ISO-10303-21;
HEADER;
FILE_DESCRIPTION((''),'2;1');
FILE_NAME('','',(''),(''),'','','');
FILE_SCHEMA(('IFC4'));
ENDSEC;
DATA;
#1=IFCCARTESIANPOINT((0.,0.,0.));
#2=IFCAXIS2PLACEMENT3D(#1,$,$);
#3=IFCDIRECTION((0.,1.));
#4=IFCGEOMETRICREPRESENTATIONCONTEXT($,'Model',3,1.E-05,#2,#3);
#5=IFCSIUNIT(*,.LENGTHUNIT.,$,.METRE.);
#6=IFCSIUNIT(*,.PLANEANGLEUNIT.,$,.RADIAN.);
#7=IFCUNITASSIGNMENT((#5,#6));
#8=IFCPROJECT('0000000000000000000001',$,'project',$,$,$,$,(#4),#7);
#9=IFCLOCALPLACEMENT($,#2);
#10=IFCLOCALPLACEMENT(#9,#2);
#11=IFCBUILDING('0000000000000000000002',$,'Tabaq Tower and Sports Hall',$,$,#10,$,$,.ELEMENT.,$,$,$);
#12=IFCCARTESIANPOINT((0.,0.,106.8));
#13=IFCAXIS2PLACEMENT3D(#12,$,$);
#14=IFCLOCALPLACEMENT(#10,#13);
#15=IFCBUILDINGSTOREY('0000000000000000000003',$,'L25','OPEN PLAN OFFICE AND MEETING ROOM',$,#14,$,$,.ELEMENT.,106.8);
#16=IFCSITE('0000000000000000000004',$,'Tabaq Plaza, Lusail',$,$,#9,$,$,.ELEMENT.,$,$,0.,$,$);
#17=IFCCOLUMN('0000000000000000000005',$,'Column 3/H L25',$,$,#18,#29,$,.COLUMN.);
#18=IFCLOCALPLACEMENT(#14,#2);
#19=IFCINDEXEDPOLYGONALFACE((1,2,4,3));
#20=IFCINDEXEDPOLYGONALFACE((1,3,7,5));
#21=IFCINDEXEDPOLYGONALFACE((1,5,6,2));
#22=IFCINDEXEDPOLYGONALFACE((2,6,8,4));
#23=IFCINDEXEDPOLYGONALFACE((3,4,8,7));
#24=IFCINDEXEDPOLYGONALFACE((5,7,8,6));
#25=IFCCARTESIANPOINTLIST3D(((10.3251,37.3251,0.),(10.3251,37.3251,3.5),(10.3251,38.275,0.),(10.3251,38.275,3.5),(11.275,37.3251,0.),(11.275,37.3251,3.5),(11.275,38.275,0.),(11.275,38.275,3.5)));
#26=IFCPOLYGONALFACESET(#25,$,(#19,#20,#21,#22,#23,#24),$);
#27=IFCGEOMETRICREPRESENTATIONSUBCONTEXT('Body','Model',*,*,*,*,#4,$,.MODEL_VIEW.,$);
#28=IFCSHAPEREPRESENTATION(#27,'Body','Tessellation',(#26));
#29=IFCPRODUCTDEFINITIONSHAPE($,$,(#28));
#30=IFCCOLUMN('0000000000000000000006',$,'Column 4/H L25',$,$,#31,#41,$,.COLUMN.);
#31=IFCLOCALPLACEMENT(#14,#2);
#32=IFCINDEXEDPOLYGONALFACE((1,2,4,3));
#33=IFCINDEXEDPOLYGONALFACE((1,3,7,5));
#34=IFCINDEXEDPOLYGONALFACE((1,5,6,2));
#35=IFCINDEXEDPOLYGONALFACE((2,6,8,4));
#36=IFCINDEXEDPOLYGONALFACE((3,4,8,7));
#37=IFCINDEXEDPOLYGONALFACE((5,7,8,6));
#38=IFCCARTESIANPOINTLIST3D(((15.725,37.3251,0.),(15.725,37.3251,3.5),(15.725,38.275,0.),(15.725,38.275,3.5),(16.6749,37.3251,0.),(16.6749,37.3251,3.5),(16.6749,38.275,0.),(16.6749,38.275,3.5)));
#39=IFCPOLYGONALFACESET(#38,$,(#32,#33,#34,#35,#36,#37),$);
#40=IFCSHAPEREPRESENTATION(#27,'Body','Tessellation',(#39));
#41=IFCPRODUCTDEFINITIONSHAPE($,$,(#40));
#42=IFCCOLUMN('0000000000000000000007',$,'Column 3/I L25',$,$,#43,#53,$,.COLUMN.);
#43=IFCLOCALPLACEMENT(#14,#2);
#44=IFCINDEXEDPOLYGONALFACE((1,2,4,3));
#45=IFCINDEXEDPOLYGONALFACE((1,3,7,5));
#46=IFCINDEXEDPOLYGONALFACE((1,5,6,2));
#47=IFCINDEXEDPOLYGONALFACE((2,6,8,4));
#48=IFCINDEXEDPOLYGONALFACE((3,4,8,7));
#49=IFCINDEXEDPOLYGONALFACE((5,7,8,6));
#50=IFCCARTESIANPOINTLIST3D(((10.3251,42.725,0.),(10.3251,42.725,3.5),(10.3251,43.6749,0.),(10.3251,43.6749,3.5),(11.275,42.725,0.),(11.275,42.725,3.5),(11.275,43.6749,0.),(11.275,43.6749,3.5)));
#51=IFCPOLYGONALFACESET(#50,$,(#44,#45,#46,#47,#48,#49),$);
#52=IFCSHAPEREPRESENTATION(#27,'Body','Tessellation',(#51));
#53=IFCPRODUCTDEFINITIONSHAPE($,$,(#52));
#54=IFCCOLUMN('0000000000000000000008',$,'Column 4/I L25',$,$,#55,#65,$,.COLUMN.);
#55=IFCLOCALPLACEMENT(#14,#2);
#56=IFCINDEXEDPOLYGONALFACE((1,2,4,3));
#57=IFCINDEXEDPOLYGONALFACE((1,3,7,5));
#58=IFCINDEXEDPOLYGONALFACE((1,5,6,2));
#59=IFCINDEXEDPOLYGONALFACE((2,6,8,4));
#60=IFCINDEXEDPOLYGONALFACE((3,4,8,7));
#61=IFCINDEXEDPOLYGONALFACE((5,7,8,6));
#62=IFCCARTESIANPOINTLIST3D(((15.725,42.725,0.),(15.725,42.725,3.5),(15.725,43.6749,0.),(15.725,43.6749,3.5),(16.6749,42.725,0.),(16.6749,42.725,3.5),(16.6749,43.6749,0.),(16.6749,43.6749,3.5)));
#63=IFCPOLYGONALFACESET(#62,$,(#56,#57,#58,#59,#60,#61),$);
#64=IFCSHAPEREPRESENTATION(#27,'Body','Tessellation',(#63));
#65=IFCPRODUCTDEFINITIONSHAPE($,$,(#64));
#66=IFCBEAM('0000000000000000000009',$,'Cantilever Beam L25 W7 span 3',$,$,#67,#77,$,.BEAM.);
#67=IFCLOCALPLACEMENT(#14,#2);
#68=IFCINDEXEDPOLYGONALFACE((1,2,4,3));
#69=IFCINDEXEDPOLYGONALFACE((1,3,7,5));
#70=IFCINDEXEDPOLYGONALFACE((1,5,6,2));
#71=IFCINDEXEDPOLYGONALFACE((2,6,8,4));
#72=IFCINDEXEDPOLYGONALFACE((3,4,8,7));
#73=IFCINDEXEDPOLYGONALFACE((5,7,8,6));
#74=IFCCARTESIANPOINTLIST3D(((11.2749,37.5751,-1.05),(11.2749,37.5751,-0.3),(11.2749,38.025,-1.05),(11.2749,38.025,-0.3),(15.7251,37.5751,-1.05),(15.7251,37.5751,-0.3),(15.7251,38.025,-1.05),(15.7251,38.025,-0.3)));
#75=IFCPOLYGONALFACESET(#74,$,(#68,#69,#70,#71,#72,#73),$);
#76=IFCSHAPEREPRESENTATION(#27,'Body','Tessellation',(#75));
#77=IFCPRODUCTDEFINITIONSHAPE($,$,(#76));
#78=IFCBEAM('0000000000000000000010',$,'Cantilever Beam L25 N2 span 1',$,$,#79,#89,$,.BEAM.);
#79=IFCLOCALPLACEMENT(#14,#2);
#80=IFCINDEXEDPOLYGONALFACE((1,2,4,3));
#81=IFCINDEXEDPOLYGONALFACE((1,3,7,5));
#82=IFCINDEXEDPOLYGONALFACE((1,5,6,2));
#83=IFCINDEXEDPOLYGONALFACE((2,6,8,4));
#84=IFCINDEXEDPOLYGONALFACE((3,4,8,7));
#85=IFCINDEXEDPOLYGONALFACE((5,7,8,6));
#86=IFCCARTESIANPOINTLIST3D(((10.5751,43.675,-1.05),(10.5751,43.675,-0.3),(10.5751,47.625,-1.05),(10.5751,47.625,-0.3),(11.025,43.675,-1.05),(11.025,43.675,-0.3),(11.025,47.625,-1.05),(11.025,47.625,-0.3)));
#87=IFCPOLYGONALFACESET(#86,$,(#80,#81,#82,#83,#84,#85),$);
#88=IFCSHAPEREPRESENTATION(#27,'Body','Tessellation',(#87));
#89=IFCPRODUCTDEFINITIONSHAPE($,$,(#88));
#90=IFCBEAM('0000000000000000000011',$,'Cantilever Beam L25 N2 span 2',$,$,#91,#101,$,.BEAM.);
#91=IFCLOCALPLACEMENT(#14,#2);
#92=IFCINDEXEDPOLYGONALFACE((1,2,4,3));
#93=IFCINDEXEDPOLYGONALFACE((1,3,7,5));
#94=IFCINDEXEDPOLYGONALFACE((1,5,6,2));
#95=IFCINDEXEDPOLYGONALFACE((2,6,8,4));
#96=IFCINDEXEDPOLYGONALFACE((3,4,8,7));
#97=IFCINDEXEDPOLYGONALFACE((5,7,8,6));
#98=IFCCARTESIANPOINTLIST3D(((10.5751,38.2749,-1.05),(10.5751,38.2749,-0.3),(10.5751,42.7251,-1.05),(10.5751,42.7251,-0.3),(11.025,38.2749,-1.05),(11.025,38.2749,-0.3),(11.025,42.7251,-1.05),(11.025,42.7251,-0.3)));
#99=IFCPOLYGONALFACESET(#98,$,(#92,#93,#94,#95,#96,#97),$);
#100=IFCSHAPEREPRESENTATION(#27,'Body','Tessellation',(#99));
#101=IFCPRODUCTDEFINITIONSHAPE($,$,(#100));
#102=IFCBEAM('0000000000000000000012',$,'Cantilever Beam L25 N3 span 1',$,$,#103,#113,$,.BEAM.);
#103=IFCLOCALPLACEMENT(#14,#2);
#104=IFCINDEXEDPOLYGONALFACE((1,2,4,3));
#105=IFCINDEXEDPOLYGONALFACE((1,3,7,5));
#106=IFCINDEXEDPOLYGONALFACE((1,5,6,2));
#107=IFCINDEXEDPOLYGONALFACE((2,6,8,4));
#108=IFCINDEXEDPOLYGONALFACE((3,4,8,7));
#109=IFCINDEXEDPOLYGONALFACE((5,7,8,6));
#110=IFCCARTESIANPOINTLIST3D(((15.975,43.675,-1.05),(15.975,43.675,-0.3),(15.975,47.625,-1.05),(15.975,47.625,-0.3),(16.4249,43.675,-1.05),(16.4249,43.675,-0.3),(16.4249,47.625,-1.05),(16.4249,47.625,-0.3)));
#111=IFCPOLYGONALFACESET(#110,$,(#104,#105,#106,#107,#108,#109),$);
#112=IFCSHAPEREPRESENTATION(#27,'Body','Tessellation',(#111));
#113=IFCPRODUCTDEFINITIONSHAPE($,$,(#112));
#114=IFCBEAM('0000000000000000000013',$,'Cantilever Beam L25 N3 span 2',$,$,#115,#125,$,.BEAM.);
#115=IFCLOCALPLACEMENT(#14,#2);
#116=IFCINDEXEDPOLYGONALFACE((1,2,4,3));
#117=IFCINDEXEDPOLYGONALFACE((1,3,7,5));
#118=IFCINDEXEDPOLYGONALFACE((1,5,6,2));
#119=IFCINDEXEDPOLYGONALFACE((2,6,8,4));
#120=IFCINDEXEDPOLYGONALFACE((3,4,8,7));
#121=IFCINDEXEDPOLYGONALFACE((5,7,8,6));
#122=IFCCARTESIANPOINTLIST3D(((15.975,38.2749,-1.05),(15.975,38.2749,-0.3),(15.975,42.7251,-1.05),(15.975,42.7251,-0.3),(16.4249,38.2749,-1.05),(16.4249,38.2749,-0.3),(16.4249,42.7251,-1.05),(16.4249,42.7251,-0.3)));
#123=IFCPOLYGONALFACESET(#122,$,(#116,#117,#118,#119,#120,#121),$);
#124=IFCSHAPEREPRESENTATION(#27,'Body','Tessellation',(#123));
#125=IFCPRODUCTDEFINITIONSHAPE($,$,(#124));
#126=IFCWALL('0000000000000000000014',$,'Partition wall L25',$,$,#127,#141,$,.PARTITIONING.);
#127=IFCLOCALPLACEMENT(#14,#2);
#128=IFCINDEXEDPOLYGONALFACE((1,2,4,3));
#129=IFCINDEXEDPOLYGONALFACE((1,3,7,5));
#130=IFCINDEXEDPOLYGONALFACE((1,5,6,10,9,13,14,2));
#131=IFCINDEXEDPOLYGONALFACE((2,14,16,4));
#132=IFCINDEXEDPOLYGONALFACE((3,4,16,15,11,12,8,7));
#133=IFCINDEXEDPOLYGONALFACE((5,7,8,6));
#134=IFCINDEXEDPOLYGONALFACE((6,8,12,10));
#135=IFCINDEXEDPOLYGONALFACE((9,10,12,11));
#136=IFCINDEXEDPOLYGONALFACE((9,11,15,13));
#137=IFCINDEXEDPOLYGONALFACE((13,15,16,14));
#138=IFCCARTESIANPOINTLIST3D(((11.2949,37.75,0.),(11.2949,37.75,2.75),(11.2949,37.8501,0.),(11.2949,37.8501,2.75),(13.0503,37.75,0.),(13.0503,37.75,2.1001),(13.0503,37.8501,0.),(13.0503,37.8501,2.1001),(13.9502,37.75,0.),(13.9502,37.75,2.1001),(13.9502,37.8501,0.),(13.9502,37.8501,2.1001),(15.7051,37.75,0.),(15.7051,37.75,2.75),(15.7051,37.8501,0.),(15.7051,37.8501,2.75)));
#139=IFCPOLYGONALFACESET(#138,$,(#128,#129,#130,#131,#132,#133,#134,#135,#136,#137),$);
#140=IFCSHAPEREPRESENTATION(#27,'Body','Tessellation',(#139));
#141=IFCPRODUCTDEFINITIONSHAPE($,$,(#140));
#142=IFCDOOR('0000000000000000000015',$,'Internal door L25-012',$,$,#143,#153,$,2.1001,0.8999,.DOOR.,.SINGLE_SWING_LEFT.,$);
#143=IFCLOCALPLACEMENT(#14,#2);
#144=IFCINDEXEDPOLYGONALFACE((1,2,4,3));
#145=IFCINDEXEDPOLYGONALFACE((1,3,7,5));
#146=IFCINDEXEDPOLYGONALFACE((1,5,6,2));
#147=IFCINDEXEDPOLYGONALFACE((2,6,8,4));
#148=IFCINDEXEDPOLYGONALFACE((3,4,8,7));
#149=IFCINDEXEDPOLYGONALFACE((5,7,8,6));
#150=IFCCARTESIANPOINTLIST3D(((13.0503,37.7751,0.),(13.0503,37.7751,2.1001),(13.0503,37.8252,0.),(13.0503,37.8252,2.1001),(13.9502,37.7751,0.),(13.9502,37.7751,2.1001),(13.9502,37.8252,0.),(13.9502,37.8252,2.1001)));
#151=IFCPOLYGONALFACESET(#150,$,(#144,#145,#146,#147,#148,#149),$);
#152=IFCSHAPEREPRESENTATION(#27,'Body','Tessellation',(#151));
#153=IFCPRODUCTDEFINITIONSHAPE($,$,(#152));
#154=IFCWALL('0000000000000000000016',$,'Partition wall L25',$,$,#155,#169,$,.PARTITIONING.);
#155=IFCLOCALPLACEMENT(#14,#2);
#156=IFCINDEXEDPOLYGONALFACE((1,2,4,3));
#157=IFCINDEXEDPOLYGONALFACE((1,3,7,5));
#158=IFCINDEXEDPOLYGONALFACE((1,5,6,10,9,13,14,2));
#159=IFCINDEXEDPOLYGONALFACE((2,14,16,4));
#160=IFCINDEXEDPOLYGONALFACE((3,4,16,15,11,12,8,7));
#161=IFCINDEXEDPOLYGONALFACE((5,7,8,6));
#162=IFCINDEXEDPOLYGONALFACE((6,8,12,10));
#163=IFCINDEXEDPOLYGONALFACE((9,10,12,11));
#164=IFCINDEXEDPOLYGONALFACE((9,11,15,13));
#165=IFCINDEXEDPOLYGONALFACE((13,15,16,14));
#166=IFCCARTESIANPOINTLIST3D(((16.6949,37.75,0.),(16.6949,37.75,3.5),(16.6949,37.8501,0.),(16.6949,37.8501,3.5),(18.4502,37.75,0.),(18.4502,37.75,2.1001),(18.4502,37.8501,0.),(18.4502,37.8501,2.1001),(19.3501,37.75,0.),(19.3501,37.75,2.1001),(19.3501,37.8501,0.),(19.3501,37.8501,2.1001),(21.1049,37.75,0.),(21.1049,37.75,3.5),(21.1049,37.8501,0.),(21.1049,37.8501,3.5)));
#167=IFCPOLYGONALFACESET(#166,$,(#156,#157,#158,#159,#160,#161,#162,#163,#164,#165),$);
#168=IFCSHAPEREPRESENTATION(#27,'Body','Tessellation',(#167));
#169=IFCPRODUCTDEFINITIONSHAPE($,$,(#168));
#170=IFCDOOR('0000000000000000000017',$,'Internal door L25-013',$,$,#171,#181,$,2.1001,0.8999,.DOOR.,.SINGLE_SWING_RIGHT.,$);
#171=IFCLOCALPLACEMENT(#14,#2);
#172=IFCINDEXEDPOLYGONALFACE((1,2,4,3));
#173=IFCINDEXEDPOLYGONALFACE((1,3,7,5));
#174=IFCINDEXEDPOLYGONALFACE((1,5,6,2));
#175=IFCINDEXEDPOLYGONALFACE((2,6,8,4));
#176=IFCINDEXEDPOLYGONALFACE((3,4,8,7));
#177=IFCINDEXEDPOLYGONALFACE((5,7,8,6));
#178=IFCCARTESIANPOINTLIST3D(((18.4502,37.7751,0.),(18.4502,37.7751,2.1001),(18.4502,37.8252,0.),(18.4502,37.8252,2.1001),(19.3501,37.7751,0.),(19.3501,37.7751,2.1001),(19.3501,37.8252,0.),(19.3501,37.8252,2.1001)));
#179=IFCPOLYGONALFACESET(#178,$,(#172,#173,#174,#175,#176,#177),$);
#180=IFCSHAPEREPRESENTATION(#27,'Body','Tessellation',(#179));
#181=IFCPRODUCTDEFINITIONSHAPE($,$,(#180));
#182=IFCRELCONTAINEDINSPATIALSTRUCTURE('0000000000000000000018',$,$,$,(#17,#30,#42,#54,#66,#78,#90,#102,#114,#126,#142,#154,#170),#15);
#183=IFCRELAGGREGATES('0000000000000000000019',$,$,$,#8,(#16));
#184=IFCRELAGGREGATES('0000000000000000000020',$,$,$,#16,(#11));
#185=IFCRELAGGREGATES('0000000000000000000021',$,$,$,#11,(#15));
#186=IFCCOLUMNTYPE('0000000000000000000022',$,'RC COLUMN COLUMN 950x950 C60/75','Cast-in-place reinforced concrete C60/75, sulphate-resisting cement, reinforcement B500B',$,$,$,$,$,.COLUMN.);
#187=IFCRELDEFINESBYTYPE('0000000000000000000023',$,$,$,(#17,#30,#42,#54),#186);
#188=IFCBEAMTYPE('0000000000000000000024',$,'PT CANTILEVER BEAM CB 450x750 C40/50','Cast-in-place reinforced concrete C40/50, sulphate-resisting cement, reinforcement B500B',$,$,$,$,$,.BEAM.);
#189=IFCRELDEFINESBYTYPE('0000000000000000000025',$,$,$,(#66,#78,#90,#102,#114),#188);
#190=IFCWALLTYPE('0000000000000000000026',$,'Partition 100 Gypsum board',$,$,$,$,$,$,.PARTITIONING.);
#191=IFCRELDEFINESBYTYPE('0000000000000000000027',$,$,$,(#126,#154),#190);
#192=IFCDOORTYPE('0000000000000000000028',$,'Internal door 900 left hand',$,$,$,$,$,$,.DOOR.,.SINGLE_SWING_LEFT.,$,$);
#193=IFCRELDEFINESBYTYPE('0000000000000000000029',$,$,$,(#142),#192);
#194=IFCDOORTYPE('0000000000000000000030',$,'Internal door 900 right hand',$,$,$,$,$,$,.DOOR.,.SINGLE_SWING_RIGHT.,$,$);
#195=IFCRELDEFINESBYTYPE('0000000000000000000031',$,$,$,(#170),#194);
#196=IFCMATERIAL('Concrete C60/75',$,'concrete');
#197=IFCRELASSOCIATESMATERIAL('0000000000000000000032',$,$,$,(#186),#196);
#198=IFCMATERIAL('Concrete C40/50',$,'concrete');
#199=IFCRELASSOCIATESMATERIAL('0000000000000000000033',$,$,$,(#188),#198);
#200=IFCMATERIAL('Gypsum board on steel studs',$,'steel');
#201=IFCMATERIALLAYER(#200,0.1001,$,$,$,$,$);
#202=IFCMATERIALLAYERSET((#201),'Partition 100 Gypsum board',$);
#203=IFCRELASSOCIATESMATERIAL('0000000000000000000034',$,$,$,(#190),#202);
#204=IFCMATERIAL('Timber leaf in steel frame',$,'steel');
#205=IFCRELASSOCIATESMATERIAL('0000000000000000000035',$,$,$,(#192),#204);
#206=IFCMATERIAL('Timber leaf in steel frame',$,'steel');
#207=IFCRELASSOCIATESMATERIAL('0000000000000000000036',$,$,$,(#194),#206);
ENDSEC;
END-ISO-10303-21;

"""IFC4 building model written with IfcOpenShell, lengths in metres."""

from ifc_helpers import new_model, si_unit, direction, frame, frame_2d, origin, origin_2d, place, context, subcontext, project, spatial, rectangle, extrude, material, layer, layer_set, material_profile, profile_set, type_object, element, fill, save


model = new_model("IFC4")

# Units and contexts
model_context = context("Model", 3, precision=1e-05, world=origin(), true_north=direction((0.0, 1.0)))
body_context = subcontext(model_context, "Body", "Model", "MODEL_VIEW")
ifc_project = project(units=[si_unit("LENGTHUNIT", "METRE"), si_unit("PLANEANGLEUNIT", "RADIAN")], contexts=[model_context])

# Site, building, storey
site_placement = place(None, origin())
site = spatial("IfcSite", under=ifc_project, at=site_placement, Name="Tabaq Plaza, Lusail", CompositionType="ELEMENT", RefElevation=0.0)
building_placement = place(site_placement, origin())
building = spatial("IfcBuilding", under=site, at=building_placement, Name="Tabaq Tower and Sports Hall", CompositionType="ELEMENT")
storey_placement = place(building_placement, frame((0.0, 0.0, 106.8)))
storey = spatial("IfcBuildingStorey", under=building, at=storey_placement, Name="L25", Description="OPEN PLAN OFFICE AND MEETING ROOM", CompositionType="ELEMENT", Elevation=106.8)

# Columns
ifc_material_1 = material(Name="Concrete C60/75", Category="concrete")
ifc_material_profile_1 = material_profile(ifc_material_1, rectangle(XDim=0.95, YDim=0.95, at=origin_2d()), Name="COLUMN 950x950")
ifc_profile_set_1 = profile_set([ifc_material_profile_1], Name="Concrete C60/75")
column_type = type_object("IfcColumnType", Name="RC COLUMN COLUMN 950x950 C60/75", Description="Cast-in-place reinforced concrete C60/75, sulphate-resisting cement, reinforcement B500B", PredefinedType="COLUMN", material=ifc_profile_set_1)
for number, where, z_axis, x_axis, name in (
    (1, (10.8, 37.8, 0.0), (0.0, 0.0, 1.0), (1.0, 0.0, 0.0), "Column 3/H L25"),
    (2, (16.2, 37.8, 0.0), (0.0, 0.0, 1.0), (1.0, 0.0, 0.0), "Column 4/H L25"),
    (3, (10.8, 43.2, 0.0), (0.0, 0.0, 1.0), (1.0, 0.0, 0.0), "Column 3/I L25"),
    (4, (16.2, 43.2, 0.0), (0.0, 0.0, 1.0), (1.0, 0.0, 0.0), "Column 4/I L25"),
):
    element("IfcColumn", number, at=place(storey_placement, frame(where, z_axis=z_axis, x_axis=x_axis)), inside=storey, type_object=column_type, Name=name, PredefinedType="COLUMN", context=body_context, shape_type="SweptSolid", body=[
        extrude(rectangle(XDim=0.95, YDim=0.95, at=origin_2d()), origin(), (0.0, 0.0, 1.0), 3.5),
    ])

# Beams
ifc_material_2 = material(Name="Concrete C40/50", Category="concrete")
ifc_material_profile_2 = material_profile(ifc_material_2, rectangle(XDim=0.45, YDim=0.75, at=origin_2d()), Name="CB 450x750")
ifc_profile_set_2 = profile_set([ifc_material_profile_2], Name="Concrete C40/50")
beam_type = type_object("IfcBeamType", Name="PT CANTILEVER BEAM CB 450x750 C40/50", Description="Cast-in-place reinforced concrete C40/50, sulphate-resisting cement, reinforcement B500B", PredefinedType="BEAM", material=ifc_profile_set_2)
beam_1_placement = place(storey_placement, frame((11.2749, 37.8, -0.675), z_axis=(1.0, 0.0, 0.0), x_axis=(0.0, 1.0, 0.0)))
element("IfcBeam", 5, at=beam_1_placement, inside=storey, type_object=beam_type, Name="Cantilever Beam L25 W7 span 3", PredefinedType="BEAM", context=body_context, shape_type="SweptSolid", body=[
    extrude(rectangle(XDim=0.45, YDim=0.75, at=origin_2d()), origin(), (0.0, 0.0, 1.0), 4.4502),
])
beam_2_placement = place(storey_placement, frame((10.8, 47.625, -0.675), z_axis=(0.0, -1.0, 0.0), x_axis=(1.0, 0.0, 0.0)))
element("IfcBeam", 6, at=beam_2_placement, inside=storey, type_object=beam_type, Name="Cantilever Beam L25 N2 span 1", PredefinedType="BEAM", context=body_context, shape_type="SweptSolid", body=[
    extrude(rectangle(XDim=0.45, YDim=0.75, at=origin_2d()), origin(), (0.0, 0.0, 1.0), 3.95),
])
beam_3_placement = place(storey_placement, frame((10.8, 42.7251, -0.675), z_axis=(0.0, -1.0, 0.0), x_axis=(1.0, 0.0, 0.0)))
element("IfcBeam", 7, at=beam_3_placement, inside=storey, type_object=beam_type, Name="Cantilever Beam L25 N2 span 2", PredefinedType="BEAM", context=body_context, shape_type="SweptSolid", body=[
    extrude(rectangle(XDim=0.45, YDim=0.75, at=origin_2d()), origin(), (0.0, 0.0, 1.0), 4.4502),
])
beam_4_placement = place(storey_placement, frame((16.2, 47.625, -0.675), z_axis=(0.0, -1.0, 0.0), x_axis=(1.0, 0.0, 0.0)))
element("IfcBeam", 8, at=beam_4_placement, inside=storey, type_object=beam_type, Name="Cantilever Beam L25 N3 span 1", PredefinedType="BEAM", context=body_context, shape_type="SweptSolid", body=[
    extrude(rectangle(XDim=0.45, YDim=0.75, at=origin_2d()), origin(), (0.0, 0.0, 1.0), 3.95),
])
beam_5_placement = place(storey_placement, frame((16.2, 42.7251, -0.675), z_axis=(0.0, -1.0, 0.0), x_axis=(1.0, 0.0, 0.0)))
element("IfcBeam", 9, at=beam_5_placement, inside=storey, type_object=beam_type, Name="Cantilever Beam L25 N3 span 2", PredefinedType="BEAM", context=body_context, shape_type="SweptSolid", body=[
    extrude(rectangle(XDim=0.45, YDim=0.75, at=origin_2d()), origin(), (0.0, 0.0, 1.0), 4.4502),
])

# Walls, openings, doors
ifc_material_3 = material(Name="Gypsum board on steel studs", Category="steel")
ifc_layer_1 = layer(ifc_material_3, 0.1001)
ifc_layer_set_1 = layer_set([ifc_layer_1], Name="Partition 100 Gypsum board")
wall_type = type_object("IfcWallType", Name="Partition 100 Gypsum board", PredefinedType="PARTITIONING", material=ifc_layer_set_1)
wall_1_placement = place(storey_placement, frame((15.7051, 37.8, 0.0), z_axis=(0.0, 0.0, 1.0), x_axis=(-1.0, 0.0, 0.0)))
wall_1 = element("IfcWall", 10, at=wall_1_placement, inside=storey, type_object=wall_type, Name="Partition wall L25", PredefinedType="PARTITIONING", context=body_context, shape_type="SweptSolid", body=[
    extrude(rectangle(XDim=4.4102, YDim=0.1001, at=frame_2d((2.2051, 0.0))), origin(), (0.0, 0.0, 1.0), 2.75),
])
opening_1_placement = place(wall_1_placement, frame((1.7549, 0.0, 0.0)))
opening_1 = element("IfcOpeningElement", 11, at=opening_1_placement, cuts=wall_1, PredefinedType="OPENING", context=body_context, shape_type="SweptSolid", body=[
    extrude(rectangle(XDim=0.8999, YDim=2.1001, at=frame_2d((0.45, 1.05))), frame((0.0, 0.05, 0.0), z_axis=(0.0, -1.0, 0.0), x_axis=(1.0, 0.0, 0.0)), (0.0, 0.0, 1.0), 0.1001),
])
ifc_material_4 = material(Name="Timber leaf in steel frame", Category="steel")
door_type_1 = type_object("IfcDoorType", Name="Internal door 900 left hand", OperationType="SINGLE_SWING_LEFT", PredefinedType="DOOR", material=ifc_material_4)
door_1_placement = place(opening_1_placement, origin())
door_1 = element("IfcDoor", 12, at=door_1_placement, inside=storey, type_object=door_type_1, Name="Internal door L25-012", OperationType="SINGLE_SWING_LEFT", OverallHeight=2.1001, OverallWidth=0.8999, PredefinedType="DOOR", context=body_context, shape_type="SweptSolid", body=[
    extrude(rectangle(XDim=0.8999, YDim=2.1001, at=frame_2d((0.45, 1.05))), frame((0.0, 0.0249, 0.0), z_axis=(0.0, -1.0, 0.0), x_axis=(1.0, 0.0, 0.0)), (0.0, 0.0, 1.0), 0.05),
])
fill(opening_1, door_1)
wall_2_placement = place(storey_placement, frame((21.105, 37.8, 0.0), z_axis=(0.0, 0.0, 1.0), x_axis=(-1.0, 0.0, 0.0)))
wall_2 = element("IfcWall", 13, at=wall_2_placement, inside=storey, type_object=wall_type, Name="Partition wall L25", PredefinedType="PARTITIONING", context=body_context, shape_type="SweptSolid", body=[
    extrude(rectangle(XDim=4.4099, YDim=0.1001, at=frame_2d((2.2051, 0.0))), origin(), (0.0, 0.0, 1.0), 3.5),
])
opening_2_placement = place(wall_2_placement, frame((1.7549, 0.0, 0.0)))
opening_2 = element("IfcOpeningElement", 14, at=opening_2_placement, cuts=wall_2, PredefinedType="OPENING", context=body_context, shape_type="SweptSolid", body=[
    extrude(rectangle(XDim=0.8999, YDim=2.1001, at=frame_2d((0.45, 1.05))), frame((0.0, 0.05, 0.0), z_axis=(0.0, -1.0, 0.0), x_axis=(1.0, 0.0, 0.0)), (0.0, 0.0, 1.0), 0.1001),
])
ifc_material_5 = material(Name="Timber leaf in steel frame", Category="steel")
door_type_2 = type_object("IfcDoorType", Name="Internal door 900 right hand", OperationType="SINGLE_SWING_RIGHT", PredefinedType="DOOR", material=ifc_material_5)
door_2_placement = place(opening_2_placement, origin())
door_2 = element("IfcDoor", 15, at=door_2_placement, inside=storey, type_object=door_type_2, Name="Internal door L25-013", OperationType="SINGLE_SWING_RIGHT", OverallHeight=2.1001, OverallWidth=0.8999, PredefinedType="DOOR", context=body_context, shape_type="SweptSolid", body=[
    extrude(rectangle(XDim=0.8999, YDim=2.1001, at=frame_2d((0.45, 1.05))), frame((0.0, 0.0249, 0.0), z_axis=(0.0, -1.0, 0.0), x_axis=(1.0, 0.0, 0.0)), (0.0, 0.0, 1.0), 0.05),
])
fill(opening_2, door_2)

save(model, "model.ifc")
